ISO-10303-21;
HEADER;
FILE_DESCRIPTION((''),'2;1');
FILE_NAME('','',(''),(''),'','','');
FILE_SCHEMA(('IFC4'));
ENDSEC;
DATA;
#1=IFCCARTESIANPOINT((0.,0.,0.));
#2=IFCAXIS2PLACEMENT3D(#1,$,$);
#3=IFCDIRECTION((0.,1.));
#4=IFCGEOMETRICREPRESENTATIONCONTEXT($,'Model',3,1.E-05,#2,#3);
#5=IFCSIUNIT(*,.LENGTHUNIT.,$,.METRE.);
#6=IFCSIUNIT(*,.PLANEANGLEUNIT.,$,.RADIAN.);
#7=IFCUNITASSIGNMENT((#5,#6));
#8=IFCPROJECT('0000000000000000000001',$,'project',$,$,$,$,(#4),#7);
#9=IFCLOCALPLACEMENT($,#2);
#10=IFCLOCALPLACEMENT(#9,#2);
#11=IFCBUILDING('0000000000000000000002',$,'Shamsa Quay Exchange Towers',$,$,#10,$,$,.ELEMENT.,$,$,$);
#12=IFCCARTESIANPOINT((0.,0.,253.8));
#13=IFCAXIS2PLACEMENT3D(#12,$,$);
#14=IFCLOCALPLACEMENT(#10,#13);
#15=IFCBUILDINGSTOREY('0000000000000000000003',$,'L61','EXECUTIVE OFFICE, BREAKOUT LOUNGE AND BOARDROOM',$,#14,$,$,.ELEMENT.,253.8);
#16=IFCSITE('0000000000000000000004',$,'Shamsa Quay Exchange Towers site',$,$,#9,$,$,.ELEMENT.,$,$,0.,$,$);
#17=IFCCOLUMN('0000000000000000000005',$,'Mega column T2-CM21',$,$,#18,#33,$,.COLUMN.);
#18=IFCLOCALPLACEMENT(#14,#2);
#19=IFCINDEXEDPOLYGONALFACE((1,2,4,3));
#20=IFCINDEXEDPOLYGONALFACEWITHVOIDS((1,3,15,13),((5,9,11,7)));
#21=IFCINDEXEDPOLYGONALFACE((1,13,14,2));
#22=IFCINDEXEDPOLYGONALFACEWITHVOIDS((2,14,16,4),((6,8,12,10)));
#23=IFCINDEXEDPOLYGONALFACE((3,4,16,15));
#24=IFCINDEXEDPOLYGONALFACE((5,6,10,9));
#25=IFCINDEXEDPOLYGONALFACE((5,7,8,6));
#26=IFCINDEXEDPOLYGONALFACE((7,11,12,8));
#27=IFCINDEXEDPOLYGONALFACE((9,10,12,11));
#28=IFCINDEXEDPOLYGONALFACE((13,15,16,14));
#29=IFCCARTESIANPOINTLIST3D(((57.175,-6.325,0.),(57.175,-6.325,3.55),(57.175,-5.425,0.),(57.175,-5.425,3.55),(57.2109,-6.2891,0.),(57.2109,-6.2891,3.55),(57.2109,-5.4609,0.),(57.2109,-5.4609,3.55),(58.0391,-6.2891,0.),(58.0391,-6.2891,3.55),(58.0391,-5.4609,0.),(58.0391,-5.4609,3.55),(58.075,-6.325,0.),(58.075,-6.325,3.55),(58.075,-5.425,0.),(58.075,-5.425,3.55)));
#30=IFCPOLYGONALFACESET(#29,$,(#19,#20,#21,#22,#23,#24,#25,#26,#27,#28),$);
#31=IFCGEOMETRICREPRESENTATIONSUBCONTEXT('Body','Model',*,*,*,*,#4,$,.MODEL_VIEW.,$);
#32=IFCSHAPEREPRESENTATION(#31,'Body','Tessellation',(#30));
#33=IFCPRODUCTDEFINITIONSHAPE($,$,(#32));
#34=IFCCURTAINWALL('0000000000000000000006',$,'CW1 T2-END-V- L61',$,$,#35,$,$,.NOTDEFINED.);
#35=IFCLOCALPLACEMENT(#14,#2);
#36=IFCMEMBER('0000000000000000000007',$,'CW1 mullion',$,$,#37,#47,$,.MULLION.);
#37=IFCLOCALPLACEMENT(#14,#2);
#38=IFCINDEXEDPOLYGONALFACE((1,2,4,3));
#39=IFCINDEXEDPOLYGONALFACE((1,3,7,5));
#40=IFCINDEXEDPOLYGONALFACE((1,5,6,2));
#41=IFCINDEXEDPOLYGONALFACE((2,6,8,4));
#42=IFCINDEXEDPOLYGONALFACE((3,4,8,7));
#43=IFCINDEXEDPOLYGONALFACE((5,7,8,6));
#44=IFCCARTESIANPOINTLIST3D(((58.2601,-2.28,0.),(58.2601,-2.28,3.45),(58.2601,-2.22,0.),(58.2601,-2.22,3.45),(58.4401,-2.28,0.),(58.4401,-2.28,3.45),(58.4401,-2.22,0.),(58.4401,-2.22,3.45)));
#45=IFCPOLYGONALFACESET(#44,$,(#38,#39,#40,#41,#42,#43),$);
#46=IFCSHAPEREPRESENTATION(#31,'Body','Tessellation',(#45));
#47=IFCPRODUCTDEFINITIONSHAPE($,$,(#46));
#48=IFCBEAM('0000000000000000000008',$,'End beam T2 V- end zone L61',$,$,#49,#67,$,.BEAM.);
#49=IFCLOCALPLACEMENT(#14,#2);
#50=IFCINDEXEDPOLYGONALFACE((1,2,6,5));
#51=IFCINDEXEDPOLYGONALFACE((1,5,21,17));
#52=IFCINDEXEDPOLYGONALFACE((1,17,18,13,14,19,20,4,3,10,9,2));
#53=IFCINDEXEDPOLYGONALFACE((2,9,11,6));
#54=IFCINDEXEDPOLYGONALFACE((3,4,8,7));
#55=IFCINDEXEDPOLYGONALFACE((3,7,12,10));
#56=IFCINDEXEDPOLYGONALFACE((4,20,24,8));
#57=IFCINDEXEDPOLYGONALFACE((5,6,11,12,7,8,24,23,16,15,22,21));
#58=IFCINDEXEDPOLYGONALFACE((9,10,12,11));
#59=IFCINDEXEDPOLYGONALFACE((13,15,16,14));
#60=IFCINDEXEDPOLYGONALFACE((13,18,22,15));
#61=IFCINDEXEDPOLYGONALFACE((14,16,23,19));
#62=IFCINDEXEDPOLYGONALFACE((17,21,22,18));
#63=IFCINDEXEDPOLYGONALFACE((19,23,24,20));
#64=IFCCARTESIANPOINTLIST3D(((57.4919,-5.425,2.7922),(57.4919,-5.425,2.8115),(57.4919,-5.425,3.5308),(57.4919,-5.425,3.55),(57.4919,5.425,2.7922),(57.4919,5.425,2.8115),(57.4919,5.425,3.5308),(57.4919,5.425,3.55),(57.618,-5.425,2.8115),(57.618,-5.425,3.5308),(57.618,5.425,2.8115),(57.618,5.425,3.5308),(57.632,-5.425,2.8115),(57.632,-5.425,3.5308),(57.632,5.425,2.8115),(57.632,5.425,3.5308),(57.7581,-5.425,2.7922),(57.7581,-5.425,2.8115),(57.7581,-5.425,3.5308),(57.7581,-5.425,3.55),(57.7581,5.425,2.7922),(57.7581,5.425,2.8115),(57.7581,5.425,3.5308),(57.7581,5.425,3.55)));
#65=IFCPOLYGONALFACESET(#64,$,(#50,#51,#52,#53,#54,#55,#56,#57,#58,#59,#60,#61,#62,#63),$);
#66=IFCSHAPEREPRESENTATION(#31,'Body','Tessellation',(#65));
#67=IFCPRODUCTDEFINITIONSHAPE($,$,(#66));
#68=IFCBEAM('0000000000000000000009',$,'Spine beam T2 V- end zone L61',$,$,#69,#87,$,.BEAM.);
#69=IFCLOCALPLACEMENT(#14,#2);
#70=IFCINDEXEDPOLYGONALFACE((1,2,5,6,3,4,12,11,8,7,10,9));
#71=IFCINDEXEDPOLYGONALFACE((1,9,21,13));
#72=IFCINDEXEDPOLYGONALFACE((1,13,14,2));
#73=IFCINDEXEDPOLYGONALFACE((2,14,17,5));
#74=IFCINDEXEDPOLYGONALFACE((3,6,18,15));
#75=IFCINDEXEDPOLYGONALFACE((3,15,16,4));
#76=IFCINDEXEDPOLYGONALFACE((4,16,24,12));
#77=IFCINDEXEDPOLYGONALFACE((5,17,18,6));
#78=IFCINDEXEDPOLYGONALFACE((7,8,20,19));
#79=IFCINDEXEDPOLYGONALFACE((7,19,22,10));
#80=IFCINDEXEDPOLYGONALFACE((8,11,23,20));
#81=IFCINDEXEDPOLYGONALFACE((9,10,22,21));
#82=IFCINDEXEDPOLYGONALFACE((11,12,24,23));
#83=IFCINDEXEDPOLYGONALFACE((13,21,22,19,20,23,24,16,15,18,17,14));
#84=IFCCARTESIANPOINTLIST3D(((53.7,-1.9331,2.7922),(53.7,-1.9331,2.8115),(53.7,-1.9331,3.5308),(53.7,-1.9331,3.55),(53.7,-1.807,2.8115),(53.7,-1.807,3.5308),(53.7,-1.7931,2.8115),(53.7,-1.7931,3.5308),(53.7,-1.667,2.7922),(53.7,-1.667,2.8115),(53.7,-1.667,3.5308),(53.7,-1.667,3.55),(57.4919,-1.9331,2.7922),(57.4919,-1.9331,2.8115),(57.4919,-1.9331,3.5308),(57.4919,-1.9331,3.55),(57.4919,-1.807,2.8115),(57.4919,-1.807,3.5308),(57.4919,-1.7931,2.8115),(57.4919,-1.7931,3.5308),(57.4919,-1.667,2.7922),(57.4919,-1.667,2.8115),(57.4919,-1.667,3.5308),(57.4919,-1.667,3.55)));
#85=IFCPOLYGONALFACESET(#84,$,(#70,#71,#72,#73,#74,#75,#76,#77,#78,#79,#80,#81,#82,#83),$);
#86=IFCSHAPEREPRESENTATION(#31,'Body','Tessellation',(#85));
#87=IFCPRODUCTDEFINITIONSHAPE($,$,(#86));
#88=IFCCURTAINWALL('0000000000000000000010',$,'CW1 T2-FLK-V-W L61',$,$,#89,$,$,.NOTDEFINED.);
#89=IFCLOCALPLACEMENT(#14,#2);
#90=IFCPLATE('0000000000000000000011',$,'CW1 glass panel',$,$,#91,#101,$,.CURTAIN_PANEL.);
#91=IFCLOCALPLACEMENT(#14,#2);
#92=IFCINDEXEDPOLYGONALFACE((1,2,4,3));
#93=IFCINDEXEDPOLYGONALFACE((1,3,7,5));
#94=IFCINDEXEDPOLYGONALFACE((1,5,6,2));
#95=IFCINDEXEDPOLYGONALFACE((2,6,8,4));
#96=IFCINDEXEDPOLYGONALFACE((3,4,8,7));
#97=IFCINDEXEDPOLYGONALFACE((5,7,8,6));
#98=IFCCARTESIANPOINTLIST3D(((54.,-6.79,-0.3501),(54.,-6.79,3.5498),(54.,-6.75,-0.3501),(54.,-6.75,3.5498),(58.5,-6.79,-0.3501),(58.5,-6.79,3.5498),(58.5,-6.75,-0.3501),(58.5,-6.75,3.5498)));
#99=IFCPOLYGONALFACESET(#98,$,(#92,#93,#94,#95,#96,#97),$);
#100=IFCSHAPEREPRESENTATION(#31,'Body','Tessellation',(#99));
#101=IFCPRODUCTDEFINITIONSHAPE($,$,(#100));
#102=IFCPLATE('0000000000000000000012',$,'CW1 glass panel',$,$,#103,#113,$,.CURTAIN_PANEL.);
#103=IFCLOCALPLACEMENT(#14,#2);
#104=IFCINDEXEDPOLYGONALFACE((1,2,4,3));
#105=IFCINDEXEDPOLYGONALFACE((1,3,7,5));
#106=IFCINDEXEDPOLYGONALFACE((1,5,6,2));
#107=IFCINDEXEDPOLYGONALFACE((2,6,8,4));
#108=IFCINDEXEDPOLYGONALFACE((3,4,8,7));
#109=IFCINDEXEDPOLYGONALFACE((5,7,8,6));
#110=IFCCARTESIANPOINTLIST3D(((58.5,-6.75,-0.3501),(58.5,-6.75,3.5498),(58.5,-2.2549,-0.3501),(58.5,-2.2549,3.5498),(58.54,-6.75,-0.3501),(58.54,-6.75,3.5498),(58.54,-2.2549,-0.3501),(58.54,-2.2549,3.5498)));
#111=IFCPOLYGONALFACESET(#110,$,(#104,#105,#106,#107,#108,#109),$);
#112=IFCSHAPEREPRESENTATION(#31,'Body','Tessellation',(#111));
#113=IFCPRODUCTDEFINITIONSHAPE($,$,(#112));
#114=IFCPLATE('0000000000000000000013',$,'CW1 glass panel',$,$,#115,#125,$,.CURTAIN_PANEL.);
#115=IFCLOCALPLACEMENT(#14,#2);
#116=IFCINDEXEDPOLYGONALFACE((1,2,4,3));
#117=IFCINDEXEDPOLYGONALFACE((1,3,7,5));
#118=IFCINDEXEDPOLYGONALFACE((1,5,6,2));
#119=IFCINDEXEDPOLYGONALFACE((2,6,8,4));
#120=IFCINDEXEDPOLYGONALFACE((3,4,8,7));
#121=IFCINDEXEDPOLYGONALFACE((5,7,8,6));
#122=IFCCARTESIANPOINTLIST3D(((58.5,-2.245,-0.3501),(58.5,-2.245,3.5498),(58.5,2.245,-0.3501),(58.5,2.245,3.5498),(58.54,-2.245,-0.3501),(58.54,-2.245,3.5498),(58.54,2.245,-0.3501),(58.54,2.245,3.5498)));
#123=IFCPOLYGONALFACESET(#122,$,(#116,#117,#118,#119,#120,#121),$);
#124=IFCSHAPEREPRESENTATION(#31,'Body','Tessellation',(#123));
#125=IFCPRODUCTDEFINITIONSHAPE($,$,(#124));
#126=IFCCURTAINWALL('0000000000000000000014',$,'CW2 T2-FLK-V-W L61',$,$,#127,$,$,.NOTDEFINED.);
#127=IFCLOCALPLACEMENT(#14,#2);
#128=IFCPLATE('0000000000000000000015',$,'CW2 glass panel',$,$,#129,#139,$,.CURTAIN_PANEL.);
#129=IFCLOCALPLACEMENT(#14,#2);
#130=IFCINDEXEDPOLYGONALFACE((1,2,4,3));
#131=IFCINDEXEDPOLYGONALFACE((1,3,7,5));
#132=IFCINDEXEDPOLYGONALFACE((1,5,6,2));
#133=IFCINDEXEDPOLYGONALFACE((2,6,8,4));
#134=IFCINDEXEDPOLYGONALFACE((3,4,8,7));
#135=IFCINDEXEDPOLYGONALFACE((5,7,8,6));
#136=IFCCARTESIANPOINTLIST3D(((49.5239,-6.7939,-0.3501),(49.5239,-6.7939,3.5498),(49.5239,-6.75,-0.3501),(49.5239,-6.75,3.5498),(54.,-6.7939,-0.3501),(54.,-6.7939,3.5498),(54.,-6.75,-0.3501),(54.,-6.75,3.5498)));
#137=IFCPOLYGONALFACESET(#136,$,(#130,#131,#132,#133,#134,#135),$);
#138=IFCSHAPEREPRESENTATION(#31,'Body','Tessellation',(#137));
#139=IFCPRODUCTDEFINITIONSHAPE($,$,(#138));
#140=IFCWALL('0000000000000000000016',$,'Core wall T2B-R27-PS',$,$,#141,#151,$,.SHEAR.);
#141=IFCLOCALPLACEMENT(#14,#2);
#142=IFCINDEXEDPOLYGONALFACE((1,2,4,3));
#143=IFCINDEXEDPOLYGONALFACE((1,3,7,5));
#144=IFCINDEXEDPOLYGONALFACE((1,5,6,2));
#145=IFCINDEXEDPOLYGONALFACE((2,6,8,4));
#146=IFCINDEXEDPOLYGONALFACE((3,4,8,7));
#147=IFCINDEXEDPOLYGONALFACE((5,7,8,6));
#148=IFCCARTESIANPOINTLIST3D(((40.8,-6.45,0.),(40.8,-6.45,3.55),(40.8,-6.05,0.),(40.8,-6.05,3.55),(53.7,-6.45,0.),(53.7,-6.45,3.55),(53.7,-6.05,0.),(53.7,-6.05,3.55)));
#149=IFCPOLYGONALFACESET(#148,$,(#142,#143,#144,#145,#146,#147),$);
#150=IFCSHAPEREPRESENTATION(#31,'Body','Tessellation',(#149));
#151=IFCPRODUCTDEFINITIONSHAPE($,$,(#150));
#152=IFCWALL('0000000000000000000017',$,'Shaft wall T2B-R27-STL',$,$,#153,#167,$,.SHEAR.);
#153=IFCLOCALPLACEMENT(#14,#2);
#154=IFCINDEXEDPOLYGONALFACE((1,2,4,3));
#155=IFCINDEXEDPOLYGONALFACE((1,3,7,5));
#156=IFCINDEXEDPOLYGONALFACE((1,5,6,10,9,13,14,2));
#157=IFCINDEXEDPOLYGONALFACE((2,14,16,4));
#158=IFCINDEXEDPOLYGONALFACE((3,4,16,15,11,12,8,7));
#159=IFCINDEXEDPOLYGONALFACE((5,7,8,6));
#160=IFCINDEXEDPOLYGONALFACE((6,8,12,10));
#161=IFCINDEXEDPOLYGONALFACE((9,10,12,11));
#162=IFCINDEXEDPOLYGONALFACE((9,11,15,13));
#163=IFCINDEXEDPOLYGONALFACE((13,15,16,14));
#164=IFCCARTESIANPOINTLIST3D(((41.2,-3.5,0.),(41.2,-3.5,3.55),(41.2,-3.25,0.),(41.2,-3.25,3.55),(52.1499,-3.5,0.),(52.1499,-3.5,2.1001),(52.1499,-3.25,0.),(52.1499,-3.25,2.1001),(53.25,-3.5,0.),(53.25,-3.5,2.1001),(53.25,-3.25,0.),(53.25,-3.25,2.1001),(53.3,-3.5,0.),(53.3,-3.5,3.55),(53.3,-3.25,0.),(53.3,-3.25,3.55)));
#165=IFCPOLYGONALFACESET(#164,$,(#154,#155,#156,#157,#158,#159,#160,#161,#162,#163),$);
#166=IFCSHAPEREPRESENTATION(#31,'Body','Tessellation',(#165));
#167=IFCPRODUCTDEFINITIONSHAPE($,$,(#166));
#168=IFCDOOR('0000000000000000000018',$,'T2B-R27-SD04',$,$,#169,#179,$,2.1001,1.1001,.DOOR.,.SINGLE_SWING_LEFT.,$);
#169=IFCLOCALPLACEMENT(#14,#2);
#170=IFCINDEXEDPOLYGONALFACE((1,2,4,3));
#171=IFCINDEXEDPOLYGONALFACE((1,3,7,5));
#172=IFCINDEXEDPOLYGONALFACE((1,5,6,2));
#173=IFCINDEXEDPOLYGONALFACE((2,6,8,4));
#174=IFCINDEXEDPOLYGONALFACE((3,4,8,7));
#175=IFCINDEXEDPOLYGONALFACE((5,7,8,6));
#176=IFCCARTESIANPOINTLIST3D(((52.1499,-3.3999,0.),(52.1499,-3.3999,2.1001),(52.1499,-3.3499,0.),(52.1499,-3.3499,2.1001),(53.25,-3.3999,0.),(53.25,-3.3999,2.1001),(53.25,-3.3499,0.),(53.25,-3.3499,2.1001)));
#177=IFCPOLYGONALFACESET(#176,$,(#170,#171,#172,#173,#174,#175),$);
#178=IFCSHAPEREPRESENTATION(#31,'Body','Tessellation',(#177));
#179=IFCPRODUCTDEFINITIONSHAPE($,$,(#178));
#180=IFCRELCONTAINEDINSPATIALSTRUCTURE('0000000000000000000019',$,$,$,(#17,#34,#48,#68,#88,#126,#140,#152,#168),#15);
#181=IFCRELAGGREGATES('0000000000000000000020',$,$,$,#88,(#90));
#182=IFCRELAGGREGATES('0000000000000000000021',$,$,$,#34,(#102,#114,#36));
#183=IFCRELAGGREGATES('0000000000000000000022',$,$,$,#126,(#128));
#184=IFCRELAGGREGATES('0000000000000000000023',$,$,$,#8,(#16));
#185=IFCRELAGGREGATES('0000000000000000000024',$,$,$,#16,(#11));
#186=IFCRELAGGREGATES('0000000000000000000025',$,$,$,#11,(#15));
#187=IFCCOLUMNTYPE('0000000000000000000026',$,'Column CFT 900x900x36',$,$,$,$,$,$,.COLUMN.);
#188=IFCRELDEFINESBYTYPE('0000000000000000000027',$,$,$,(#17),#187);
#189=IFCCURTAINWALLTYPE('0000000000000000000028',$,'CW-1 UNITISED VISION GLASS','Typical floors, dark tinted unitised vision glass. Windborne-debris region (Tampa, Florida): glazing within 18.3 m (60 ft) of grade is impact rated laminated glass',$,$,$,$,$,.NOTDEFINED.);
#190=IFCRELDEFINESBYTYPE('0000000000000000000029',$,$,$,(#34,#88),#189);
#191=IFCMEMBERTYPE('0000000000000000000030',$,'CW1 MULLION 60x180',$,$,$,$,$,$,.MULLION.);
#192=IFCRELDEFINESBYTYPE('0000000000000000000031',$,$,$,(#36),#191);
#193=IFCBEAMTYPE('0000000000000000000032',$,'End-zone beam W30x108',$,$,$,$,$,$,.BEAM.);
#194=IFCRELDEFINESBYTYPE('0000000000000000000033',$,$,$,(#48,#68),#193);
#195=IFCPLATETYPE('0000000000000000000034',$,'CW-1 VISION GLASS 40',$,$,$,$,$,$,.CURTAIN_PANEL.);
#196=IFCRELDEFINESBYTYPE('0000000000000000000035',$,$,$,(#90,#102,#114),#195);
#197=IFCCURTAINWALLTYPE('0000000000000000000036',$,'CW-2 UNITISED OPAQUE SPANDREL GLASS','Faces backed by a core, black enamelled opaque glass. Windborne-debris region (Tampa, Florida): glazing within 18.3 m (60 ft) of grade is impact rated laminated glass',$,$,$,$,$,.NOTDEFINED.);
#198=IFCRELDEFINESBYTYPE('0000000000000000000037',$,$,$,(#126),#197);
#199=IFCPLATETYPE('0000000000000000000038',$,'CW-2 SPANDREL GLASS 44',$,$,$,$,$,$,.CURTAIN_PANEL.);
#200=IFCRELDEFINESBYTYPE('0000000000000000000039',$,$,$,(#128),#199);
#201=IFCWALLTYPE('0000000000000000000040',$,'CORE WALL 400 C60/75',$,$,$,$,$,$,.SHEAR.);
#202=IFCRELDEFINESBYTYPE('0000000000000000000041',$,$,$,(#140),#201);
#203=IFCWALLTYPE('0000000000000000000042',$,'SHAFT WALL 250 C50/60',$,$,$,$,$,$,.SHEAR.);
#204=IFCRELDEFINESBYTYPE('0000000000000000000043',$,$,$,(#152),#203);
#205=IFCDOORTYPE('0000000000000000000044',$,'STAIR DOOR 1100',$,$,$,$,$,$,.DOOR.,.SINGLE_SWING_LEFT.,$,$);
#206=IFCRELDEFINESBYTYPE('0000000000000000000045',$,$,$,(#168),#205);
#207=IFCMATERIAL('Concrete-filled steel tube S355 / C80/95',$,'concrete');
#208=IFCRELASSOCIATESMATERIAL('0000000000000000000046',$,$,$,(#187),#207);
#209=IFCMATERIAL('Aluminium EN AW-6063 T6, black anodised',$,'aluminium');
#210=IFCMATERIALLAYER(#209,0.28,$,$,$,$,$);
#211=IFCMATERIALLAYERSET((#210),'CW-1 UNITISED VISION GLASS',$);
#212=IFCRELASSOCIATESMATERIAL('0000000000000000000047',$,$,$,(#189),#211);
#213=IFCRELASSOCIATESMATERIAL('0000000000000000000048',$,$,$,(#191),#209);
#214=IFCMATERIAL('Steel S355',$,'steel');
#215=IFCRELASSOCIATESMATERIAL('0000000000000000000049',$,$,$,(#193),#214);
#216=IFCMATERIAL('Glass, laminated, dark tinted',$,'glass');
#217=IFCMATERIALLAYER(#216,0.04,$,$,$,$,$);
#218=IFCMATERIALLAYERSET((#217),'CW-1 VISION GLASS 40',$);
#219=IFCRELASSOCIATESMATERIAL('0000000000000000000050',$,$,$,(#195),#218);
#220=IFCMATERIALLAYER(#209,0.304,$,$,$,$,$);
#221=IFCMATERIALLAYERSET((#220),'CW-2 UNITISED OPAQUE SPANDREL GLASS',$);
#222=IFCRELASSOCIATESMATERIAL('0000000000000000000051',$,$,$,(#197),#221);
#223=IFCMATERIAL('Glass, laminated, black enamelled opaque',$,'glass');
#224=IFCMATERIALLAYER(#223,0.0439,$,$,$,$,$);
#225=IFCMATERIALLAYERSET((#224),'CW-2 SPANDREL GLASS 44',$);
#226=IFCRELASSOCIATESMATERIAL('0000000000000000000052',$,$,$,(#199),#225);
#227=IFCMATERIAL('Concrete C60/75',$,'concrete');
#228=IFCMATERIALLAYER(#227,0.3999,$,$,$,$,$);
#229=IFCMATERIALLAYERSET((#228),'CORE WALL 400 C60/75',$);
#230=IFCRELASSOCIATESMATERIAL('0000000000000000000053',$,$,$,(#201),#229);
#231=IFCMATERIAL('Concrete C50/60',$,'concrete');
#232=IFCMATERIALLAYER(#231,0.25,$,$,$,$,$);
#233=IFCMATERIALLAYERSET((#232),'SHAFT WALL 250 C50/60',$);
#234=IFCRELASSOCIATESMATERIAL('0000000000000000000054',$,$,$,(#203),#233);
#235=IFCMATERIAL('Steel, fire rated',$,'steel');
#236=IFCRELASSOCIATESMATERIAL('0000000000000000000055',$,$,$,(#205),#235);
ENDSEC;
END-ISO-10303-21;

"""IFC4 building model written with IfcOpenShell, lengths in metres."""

from ifc_helpers import new_model, si_unit, direction, frame, frame_2d, origin, origin_2d, place, context, subcontext, project, spatial, rectangle, hollow_rectangle, i_section, extrude, material, layer, layer_set, material_profile, profile_set, type_object, element, fill, aggregate, save


model = new_model("IFC4")

# Units and contexts
model_context = context("Model", 3, precision=1e-05, world=origin(), true_north=direction((0.0, 1.0)))
body_context = subcontext(model_context, "Body", "Model", "MODEL_VIEW")
ifc_project = project(units=[si_unit("LENGTHUNIT", "METRE"), si_unit("PLANEANGLEUNIT", "RADIAN")], contexts=[model_context])

# Site, building, storey
site_placement = place(None, origin())
site = spatial("IfcSite", under=ifc_project, at=site_placement, Name="Shamsa Quay Exchange Towers site", CompositionType="ELEMENT", RefElevation=0.0)
building_placement = place(site_placement, origin())
building = spatial("IfcBuilding", under=site, at=building_placement, Name="Shamsa Quay Exchange Towers", CompositionType="ELEMENT")
storey_placement = place(building_placement, frame((0.0, 0.0, 253.8)))
storey = spatial("IfcBuildingStorey", under=building, at=storey_placement, Name="L61", Description="EXECUTIVE OFFICE, BREAKOUT LOUNGE AND BOARDROOM", CompositionType="ELEMENT", Elevation=253.8)

# Column
ifc_material_1 = material(Name="Concrete-filled steel tube S355 / C80/95", Category="concrete")
ifc_material_profile_1 = material_profile(ifc_material_1, hollow_rectangle(XDim=0.8999, YDim=0.8999, WallThickness=0.0359, at=origin_2d()), Name="CFT 900x900x36")
ifc_profile_set_1 = profile_set([ifc_material_profile_1], Name="Concrete-filled steel tube S355 / C80/95")
column_type = type_object("IfcColumnType", Name="Column CFT 900x900x36", PredefinedType="COLUMN", material=ifc_profile_set_1)
column_placement = place(storey_placement, frame((57.625, -5.875, 0.0)))
element("IfcColumn", 1, at=column_placement, inside=storey, type_object=column_type, Name="Mega column T2-CM21", PredefinedType="COLUMN", context=body_context, shape_type="SweptSolid", body=[
    extrude(hollow_rectangle(XDim=0.8999, YDim=0.8999, WallThickness=0.0359, at=origin_2d()), origin(), (0.0, 0.0, 1.0), 3.55),
])

# Curtain wall, member
ifc_material_2 = material(Name="Aluminium EN AW-6063 T6, black anodised", Category="aluminium")
ifc_layer_1 = layer(ifc_material_2, 0.28)
ifc_layer_set_1 = layer_set([ifc_layer_1], Name="CW-1 UNITISED VISION GLASS")
curtain_wall_type_1 = type_object("IfcCurtainWallType", Name="CW-1 UNITISED VISION GLASS", Description="Typical floors, dark tinted unitised vision glass. Windborne-debris region (Tampa, Florida): glazing within 18.3 m (60 ft) of grade is impact rated laminated glass", PredefinedType="NOTDEFINED", material=ifc_layer_set_1)
curtain_wall_1_placement = place(storey_placement, origin())
curtain_wall_1 = element("IfcCurtainWall", 2, at=curtain_wall_1_placement, inside=storey, type_object=curtain_wall_type_1, Name="CW1 T2-END-V- L61", PredefinedType="NOTDEFINED")
ifc_material_profile_2 = material_profile(ifc_material_2, rectangle(XDim=0.1799, YDim=0.0601, at=origin_2d()), Name="MU60x180")
ifc_profile_set_2 = profile_set([ifc_material_profile_2], Name="Aluminium EN AW-6063 T6, black anodised")
member_type = type_object("IfcMemberType", Name="CW1 MULLION 60x180", PredefinedType="MULLION", material=ifc_profile_set_2)
member_placement = place(storey_placement, frame((58.3501, -2.25, 0.0), z_axis=(0.0, 0.0, 1.0), x_axis=(-1.0, 0.0, 0.0)))
member = element("IfcMember", 3, at=member_placement, type_object=member_type, Name="CW1 mullion", PredefinedType="MULLION", context=body_context, shape_type="SweptSolid", body=[
    extrude(rectangle(XDim=0.1799, YDim=0.0601, at=origin_2d()), origin(), (0.0, 0.0, 1.0), 3.45),
])

# Beams
ifc_material_3 = material(Name="Steel S355", Category="steel")
ifc_material_profile_3 = material_profile(ifc_material_3, i_section(OverallWidth=0.2661, OverallDepth=0.7578, WebThickness=0.0139, FlangeThickness=0.0193, at=origin_2d()), Name="W30x108")
ifc_profile_set_3 = profile_set([ifc_material_profile_3], Name="Steel S355")
beam_type = type_object("IfcBeamType", Name="End-zone beam W30x108", PredefinedType="BEAM", material=ifc_profile_set_3)
beam_1_placement = place(storey_placement, frame((57.625, -5.425, 3.1711), z_axis=(0.0, 1.0, 0.0), x_axis=(-1.0, 0.0, 0.0)))
element("IfcBeam", 4, at=beam_1_placement, inside=storey, type_object=beam_type, Name="End beam T2 V- end zone L61", PredefinedType="BEAM", context=body_context, shape_type="SweptSolid", body=[
    extrude(i_section(OverallWidth=0.2661, OverallDepth=0.7578, WebThickness=0.0139, FlangeThickness=0.0193, at=origin_2d()), origin(), (0.0, 0.0, 1.0), 10.8501),
])
beam_2_placement = place(storey_placement, frame((53.7, -1.8, 3.1711), z_axis=(1.0, 0.0, 0.0), x_axis=(0.0, 1.0, 0.0)))
element("IfcBeam", 5, at=beam_2_placement, inside=storey, type_object=beam_type, Name="Spine beam T2 V- end zone L61", PredefinedType="BEAM", context=body_context, shape_type="SweptSolid", body=[
    extrude(i_section(OverallWidth=0.2661, OverallDepth=0.7578, WebThickness=0.0139, FlangeThickness=0.0193, at=origin_2d()), origin(), (0.0, 0.0, 1.0), 3.792),
])

# Curtain wall, plate
curtain_wall_2_placement = place(storey_placement, origin())
curtain_wall_2 = element("IfcCurtainWall", 6, at=curtain_wall_2_placement, inside=storey, type_object=curtain_wall_type_1, Name="CW1 T2-FLK-V-W L61", PredefinedType="NOTDEFINED")
ifc_material_4 = material(Name="Glass, laminated, dark tinted", Category="glass")
ifc_layer_2 = layer(ifc_material_4, 0.04)
ifc_layer_set_2 = layer_set([ifc_layer_2], Name="CW-1 VISION GLASS 40")
plate_type_1 = type_object("IfcPlateType", Name="CW-1 VISION GLASS 40", PredefinedType="CURTAIN_PANEL", material=ifc_layer_set_2)
plate_1_placement = place(storey_placement, frame((56.25, -6.77, -0.3501)))
plate_1 = element("IfcPlate", 7, at=plate_1_placement, type_object=plate_type_1, Name="CW1 glass panel", PredefinedType="CURTAIN_PANEL", context=body_context, shape_type="SweptSolid", body=[
    extrude(rectangle(XDim=4.5, YDim=0.04, at=origin_2d()), origin(), (0.0, 0.0, 1.0), 3.8999),
])
aggregate(curtain_wall_2, [plate_1])

# Plates
plate_2_placement = place(storey_placement, frame((58.52, -4.5024, -0.3501), z_axis=(0.0, 0.0, 1.0), x_axis=(0.0, 1.0, 0.0)))
plate_2 = element("IfcPlate", 8, at=plate_2_placement, type_object=plate_type_1, Name="CW1 glass panel", PredefinedType="CURTAIN_PANEL", context=body_context, shape_type="SweptSolid", body=[
    extrude(rectangle(XDim=4.4951, YDim=0.04, at=origin_2d()), origin(), (0.0, 0.0, 1.0), 3.8999),
])
plate_3_placement = place(storey_placement, frame((58.52, 0.0, -0.3501), z_axis=(0.0, 0.0, 1.0), x_axis=(0.0, 1.0, 0.0)))
plate_3 = element("IfcPlate", 9, at=plate_3_placement, type_object=plate_type_1, Name="CW1 glass panel", PredefinedType="CURTAIN_PANEL", context=body_context, shape_type="SweptSolid", body=[
    extrude(rectangle(XDim=4.49, YDim=0.04, at=origin_2d()), origin(), (0.0, 0.0, 1.0), 3.8999),
])
aggregate(curtain_wall_1, [plate_2, plate_3, member])

# Curtain wall, plate
ifc_layer_3 = layer(ifc_material_2, 0.304)
ifc_layer_set_3 = layer_set([ifc_layer_3], Name="CW-2 UNITISED OPAQUE SPANDREL GLASS")
curtain_wall_type_2 = type_object("IfcCurtainWallType", Name="CW-2 UNITISED OPAQUE SPANDREL GLASS", Description="Faces backed by a core, black enamelled opaque glass. Windborne-debris region (Tampa, Florida): glazing within 18.3 m (60 ft) of grade is impact rated laminated glass", PredefinedType="NOTDEFINED", material=ifc_layer_set_3)
curtain_wall_3_placement = place(storey_placement, origin())
curtain_wall_3 = element("IfcCurtainWall", 10, at=curtain_wall_3_placement, inside=storey, type_object=curtain_wall_type_2, Name="CW2 T2-FLK-V-W L61", PredefinedType="NOTDEFINED")
ifc_material_5 = material(Name="Glass, laminated, black enamelled opaque", Category="glass")
ifc_layer_4 = layer(ifc_material_5, 0.0439)
ifc_layer_set_4 = layer_set([ifc_layer_4], Name="CW-2 SPANDREL GLASS 44")
plate_type_2 = type_object("IfcPlateType", Name="CW-2 SPANDREL GLASS 44", PredefinedType="CURTAIN_PANEL", material=ifc_layer_set_4)
plate_4_placement = place(storey_placement, frame((51.762, -6.772, -0.3501)))
plate_4 = element("IfcPlate", 11, at=plate_4_placement, type_object=plate_type_2, Name="CW2 glass panel", PredefinedType="CURTAIN_PANEL", context=body_context, shape_type="SweptSolid", body=[
    extrude(rectangle(XDim=4.4761, YDim=0.0439, at=origin_2d()), origin(), (0.0, 0.0, 1.0), 3.8999),
])
aggregate(curtain_wall_3, [plate_4])

# Wall
ifc_material_6 = material(Name="Concrete C60/75", Category="concrete")
ifc_layer_5 = layer(ifc_material_6, 0.3999)
ifc_layer_set_5 = layer_set([ifc_layer_5], Name="CORE WALL 400 C60/75")
wall_type_1 = type_object("IfcWallType", Name="CORE WALL 400 C60/75", PredefinedType="SHEAR", material=ifc_layer_set_5)
wall_1_placement = place(storey_placement, frame((53.7, -6.25, 0.0), z_axis=(0.0, 0.0, 1.0), x_axis=(-1.0, 0.0, 0.0)))
element("IfcWall", 12, at=wall_1_placement, inside=storey, type_object=wall_type_1, Name="Core wall T2B-R27-PS", PredefinedType="SHEAR", context=body_context, shape_type="SweptSolid", body=[
    extrude(rectangle(XDim=12.8999, YDim=0.3999, at=frame_2d((6.45, 0.0))), origin(), (0.0, 0.0, 1.0), 3.55),
])

# Wall, opening, door
ifc_material_7 = material(Name="Steel, fire rated", Category="steel")
ifc_material_8 = material(Name="Concrete C50/60", Category="concrete")
ifc_layer_6 = layer(ifc_material_8, 0.25)
ifc_layer_set_6 = layer_set([ifc_layer_6], Name="SHAFT WALL 250 C50/60")
wall_type_2 = type_object("IfcWallType", Name="SHAFT WALL 250 C50/60", PredefinedType="SHEAR", material=ifc_layer_set_6)
wall_2_placement = place(storey_placement, frame((53.3, -3.375, 0.0), z_axis=(0.0, 0.0, 1.0), x_axis=(-1.0, 0.0, 0.0)))
wall_2 = element("IfcWall", 13, at=wall_2_placement, inside=storey, type_object=wall_type_2, Name="Shaft wall T2B-R27-STL", PredefinedType="SHEAR", context=body_context, shape_type="SweptSolid", body=[
    extrude(rectangle(XDim=12.1001, YDim=0.25, at=frame_2d((6.05, 0.0))), origin(), (0.0, 0.0, 1.0), 3.55),
])
opening_1_placement = place(wall_2_placement, frame((0.05, 0.0, 0.0)))
opening_1 = element("IfcOpeningElement", 14, at=opening_1_placement, cuts=wall_2, PredefinedType="OPENING", context=body_context, shape_type="SweptSolid", body=[
    extrude(rectangle(XDim=1.1001, YDim=2.1001, at=frame_2d((0.55, 1.05))), frame((0.0, 0.135, 0.0), z_axis=(0.0, -1.0, 0.0), x_axis=(1.0, 0.0, 0.0)), (0.0, 0.0, 1.0), 0.27),
])
door_type_1 = type_object("IfcDoorType", Name="STAIR DOOR 1100", OperationType="SINGLE_SWING_LEFT", PredefinedType="DOOR", material=ifc_material_7)
door_1_placement = place(opening_1_placement, origin())
door_1 = element("IfcDoor", 15, at=door_1_placement, inside=storey, type_object=door_type_1, Name="T2B-R27-SD04", OperationType="SINGLE_SWING_LEFT", OverallHeight=2.1001, OverallWidth=1.1001, PredefinedType="DOOR", context=body_context, shape_type="SweptSolid", body=[
    extrude(rectangle(XDim=1.1001, YDim=2.1001, at=frame_2d((0.55, 1.05))), frame((0.0, 0.0249, 0.0), z_axis=(0.0, -1.0, 0.0), x_axis=(1.0, 0.0, 0.0)), (0.0, 0.0, 1.0), 0.05),
])
fill(opening_1, door_1)

save(model, "model.ifc")
